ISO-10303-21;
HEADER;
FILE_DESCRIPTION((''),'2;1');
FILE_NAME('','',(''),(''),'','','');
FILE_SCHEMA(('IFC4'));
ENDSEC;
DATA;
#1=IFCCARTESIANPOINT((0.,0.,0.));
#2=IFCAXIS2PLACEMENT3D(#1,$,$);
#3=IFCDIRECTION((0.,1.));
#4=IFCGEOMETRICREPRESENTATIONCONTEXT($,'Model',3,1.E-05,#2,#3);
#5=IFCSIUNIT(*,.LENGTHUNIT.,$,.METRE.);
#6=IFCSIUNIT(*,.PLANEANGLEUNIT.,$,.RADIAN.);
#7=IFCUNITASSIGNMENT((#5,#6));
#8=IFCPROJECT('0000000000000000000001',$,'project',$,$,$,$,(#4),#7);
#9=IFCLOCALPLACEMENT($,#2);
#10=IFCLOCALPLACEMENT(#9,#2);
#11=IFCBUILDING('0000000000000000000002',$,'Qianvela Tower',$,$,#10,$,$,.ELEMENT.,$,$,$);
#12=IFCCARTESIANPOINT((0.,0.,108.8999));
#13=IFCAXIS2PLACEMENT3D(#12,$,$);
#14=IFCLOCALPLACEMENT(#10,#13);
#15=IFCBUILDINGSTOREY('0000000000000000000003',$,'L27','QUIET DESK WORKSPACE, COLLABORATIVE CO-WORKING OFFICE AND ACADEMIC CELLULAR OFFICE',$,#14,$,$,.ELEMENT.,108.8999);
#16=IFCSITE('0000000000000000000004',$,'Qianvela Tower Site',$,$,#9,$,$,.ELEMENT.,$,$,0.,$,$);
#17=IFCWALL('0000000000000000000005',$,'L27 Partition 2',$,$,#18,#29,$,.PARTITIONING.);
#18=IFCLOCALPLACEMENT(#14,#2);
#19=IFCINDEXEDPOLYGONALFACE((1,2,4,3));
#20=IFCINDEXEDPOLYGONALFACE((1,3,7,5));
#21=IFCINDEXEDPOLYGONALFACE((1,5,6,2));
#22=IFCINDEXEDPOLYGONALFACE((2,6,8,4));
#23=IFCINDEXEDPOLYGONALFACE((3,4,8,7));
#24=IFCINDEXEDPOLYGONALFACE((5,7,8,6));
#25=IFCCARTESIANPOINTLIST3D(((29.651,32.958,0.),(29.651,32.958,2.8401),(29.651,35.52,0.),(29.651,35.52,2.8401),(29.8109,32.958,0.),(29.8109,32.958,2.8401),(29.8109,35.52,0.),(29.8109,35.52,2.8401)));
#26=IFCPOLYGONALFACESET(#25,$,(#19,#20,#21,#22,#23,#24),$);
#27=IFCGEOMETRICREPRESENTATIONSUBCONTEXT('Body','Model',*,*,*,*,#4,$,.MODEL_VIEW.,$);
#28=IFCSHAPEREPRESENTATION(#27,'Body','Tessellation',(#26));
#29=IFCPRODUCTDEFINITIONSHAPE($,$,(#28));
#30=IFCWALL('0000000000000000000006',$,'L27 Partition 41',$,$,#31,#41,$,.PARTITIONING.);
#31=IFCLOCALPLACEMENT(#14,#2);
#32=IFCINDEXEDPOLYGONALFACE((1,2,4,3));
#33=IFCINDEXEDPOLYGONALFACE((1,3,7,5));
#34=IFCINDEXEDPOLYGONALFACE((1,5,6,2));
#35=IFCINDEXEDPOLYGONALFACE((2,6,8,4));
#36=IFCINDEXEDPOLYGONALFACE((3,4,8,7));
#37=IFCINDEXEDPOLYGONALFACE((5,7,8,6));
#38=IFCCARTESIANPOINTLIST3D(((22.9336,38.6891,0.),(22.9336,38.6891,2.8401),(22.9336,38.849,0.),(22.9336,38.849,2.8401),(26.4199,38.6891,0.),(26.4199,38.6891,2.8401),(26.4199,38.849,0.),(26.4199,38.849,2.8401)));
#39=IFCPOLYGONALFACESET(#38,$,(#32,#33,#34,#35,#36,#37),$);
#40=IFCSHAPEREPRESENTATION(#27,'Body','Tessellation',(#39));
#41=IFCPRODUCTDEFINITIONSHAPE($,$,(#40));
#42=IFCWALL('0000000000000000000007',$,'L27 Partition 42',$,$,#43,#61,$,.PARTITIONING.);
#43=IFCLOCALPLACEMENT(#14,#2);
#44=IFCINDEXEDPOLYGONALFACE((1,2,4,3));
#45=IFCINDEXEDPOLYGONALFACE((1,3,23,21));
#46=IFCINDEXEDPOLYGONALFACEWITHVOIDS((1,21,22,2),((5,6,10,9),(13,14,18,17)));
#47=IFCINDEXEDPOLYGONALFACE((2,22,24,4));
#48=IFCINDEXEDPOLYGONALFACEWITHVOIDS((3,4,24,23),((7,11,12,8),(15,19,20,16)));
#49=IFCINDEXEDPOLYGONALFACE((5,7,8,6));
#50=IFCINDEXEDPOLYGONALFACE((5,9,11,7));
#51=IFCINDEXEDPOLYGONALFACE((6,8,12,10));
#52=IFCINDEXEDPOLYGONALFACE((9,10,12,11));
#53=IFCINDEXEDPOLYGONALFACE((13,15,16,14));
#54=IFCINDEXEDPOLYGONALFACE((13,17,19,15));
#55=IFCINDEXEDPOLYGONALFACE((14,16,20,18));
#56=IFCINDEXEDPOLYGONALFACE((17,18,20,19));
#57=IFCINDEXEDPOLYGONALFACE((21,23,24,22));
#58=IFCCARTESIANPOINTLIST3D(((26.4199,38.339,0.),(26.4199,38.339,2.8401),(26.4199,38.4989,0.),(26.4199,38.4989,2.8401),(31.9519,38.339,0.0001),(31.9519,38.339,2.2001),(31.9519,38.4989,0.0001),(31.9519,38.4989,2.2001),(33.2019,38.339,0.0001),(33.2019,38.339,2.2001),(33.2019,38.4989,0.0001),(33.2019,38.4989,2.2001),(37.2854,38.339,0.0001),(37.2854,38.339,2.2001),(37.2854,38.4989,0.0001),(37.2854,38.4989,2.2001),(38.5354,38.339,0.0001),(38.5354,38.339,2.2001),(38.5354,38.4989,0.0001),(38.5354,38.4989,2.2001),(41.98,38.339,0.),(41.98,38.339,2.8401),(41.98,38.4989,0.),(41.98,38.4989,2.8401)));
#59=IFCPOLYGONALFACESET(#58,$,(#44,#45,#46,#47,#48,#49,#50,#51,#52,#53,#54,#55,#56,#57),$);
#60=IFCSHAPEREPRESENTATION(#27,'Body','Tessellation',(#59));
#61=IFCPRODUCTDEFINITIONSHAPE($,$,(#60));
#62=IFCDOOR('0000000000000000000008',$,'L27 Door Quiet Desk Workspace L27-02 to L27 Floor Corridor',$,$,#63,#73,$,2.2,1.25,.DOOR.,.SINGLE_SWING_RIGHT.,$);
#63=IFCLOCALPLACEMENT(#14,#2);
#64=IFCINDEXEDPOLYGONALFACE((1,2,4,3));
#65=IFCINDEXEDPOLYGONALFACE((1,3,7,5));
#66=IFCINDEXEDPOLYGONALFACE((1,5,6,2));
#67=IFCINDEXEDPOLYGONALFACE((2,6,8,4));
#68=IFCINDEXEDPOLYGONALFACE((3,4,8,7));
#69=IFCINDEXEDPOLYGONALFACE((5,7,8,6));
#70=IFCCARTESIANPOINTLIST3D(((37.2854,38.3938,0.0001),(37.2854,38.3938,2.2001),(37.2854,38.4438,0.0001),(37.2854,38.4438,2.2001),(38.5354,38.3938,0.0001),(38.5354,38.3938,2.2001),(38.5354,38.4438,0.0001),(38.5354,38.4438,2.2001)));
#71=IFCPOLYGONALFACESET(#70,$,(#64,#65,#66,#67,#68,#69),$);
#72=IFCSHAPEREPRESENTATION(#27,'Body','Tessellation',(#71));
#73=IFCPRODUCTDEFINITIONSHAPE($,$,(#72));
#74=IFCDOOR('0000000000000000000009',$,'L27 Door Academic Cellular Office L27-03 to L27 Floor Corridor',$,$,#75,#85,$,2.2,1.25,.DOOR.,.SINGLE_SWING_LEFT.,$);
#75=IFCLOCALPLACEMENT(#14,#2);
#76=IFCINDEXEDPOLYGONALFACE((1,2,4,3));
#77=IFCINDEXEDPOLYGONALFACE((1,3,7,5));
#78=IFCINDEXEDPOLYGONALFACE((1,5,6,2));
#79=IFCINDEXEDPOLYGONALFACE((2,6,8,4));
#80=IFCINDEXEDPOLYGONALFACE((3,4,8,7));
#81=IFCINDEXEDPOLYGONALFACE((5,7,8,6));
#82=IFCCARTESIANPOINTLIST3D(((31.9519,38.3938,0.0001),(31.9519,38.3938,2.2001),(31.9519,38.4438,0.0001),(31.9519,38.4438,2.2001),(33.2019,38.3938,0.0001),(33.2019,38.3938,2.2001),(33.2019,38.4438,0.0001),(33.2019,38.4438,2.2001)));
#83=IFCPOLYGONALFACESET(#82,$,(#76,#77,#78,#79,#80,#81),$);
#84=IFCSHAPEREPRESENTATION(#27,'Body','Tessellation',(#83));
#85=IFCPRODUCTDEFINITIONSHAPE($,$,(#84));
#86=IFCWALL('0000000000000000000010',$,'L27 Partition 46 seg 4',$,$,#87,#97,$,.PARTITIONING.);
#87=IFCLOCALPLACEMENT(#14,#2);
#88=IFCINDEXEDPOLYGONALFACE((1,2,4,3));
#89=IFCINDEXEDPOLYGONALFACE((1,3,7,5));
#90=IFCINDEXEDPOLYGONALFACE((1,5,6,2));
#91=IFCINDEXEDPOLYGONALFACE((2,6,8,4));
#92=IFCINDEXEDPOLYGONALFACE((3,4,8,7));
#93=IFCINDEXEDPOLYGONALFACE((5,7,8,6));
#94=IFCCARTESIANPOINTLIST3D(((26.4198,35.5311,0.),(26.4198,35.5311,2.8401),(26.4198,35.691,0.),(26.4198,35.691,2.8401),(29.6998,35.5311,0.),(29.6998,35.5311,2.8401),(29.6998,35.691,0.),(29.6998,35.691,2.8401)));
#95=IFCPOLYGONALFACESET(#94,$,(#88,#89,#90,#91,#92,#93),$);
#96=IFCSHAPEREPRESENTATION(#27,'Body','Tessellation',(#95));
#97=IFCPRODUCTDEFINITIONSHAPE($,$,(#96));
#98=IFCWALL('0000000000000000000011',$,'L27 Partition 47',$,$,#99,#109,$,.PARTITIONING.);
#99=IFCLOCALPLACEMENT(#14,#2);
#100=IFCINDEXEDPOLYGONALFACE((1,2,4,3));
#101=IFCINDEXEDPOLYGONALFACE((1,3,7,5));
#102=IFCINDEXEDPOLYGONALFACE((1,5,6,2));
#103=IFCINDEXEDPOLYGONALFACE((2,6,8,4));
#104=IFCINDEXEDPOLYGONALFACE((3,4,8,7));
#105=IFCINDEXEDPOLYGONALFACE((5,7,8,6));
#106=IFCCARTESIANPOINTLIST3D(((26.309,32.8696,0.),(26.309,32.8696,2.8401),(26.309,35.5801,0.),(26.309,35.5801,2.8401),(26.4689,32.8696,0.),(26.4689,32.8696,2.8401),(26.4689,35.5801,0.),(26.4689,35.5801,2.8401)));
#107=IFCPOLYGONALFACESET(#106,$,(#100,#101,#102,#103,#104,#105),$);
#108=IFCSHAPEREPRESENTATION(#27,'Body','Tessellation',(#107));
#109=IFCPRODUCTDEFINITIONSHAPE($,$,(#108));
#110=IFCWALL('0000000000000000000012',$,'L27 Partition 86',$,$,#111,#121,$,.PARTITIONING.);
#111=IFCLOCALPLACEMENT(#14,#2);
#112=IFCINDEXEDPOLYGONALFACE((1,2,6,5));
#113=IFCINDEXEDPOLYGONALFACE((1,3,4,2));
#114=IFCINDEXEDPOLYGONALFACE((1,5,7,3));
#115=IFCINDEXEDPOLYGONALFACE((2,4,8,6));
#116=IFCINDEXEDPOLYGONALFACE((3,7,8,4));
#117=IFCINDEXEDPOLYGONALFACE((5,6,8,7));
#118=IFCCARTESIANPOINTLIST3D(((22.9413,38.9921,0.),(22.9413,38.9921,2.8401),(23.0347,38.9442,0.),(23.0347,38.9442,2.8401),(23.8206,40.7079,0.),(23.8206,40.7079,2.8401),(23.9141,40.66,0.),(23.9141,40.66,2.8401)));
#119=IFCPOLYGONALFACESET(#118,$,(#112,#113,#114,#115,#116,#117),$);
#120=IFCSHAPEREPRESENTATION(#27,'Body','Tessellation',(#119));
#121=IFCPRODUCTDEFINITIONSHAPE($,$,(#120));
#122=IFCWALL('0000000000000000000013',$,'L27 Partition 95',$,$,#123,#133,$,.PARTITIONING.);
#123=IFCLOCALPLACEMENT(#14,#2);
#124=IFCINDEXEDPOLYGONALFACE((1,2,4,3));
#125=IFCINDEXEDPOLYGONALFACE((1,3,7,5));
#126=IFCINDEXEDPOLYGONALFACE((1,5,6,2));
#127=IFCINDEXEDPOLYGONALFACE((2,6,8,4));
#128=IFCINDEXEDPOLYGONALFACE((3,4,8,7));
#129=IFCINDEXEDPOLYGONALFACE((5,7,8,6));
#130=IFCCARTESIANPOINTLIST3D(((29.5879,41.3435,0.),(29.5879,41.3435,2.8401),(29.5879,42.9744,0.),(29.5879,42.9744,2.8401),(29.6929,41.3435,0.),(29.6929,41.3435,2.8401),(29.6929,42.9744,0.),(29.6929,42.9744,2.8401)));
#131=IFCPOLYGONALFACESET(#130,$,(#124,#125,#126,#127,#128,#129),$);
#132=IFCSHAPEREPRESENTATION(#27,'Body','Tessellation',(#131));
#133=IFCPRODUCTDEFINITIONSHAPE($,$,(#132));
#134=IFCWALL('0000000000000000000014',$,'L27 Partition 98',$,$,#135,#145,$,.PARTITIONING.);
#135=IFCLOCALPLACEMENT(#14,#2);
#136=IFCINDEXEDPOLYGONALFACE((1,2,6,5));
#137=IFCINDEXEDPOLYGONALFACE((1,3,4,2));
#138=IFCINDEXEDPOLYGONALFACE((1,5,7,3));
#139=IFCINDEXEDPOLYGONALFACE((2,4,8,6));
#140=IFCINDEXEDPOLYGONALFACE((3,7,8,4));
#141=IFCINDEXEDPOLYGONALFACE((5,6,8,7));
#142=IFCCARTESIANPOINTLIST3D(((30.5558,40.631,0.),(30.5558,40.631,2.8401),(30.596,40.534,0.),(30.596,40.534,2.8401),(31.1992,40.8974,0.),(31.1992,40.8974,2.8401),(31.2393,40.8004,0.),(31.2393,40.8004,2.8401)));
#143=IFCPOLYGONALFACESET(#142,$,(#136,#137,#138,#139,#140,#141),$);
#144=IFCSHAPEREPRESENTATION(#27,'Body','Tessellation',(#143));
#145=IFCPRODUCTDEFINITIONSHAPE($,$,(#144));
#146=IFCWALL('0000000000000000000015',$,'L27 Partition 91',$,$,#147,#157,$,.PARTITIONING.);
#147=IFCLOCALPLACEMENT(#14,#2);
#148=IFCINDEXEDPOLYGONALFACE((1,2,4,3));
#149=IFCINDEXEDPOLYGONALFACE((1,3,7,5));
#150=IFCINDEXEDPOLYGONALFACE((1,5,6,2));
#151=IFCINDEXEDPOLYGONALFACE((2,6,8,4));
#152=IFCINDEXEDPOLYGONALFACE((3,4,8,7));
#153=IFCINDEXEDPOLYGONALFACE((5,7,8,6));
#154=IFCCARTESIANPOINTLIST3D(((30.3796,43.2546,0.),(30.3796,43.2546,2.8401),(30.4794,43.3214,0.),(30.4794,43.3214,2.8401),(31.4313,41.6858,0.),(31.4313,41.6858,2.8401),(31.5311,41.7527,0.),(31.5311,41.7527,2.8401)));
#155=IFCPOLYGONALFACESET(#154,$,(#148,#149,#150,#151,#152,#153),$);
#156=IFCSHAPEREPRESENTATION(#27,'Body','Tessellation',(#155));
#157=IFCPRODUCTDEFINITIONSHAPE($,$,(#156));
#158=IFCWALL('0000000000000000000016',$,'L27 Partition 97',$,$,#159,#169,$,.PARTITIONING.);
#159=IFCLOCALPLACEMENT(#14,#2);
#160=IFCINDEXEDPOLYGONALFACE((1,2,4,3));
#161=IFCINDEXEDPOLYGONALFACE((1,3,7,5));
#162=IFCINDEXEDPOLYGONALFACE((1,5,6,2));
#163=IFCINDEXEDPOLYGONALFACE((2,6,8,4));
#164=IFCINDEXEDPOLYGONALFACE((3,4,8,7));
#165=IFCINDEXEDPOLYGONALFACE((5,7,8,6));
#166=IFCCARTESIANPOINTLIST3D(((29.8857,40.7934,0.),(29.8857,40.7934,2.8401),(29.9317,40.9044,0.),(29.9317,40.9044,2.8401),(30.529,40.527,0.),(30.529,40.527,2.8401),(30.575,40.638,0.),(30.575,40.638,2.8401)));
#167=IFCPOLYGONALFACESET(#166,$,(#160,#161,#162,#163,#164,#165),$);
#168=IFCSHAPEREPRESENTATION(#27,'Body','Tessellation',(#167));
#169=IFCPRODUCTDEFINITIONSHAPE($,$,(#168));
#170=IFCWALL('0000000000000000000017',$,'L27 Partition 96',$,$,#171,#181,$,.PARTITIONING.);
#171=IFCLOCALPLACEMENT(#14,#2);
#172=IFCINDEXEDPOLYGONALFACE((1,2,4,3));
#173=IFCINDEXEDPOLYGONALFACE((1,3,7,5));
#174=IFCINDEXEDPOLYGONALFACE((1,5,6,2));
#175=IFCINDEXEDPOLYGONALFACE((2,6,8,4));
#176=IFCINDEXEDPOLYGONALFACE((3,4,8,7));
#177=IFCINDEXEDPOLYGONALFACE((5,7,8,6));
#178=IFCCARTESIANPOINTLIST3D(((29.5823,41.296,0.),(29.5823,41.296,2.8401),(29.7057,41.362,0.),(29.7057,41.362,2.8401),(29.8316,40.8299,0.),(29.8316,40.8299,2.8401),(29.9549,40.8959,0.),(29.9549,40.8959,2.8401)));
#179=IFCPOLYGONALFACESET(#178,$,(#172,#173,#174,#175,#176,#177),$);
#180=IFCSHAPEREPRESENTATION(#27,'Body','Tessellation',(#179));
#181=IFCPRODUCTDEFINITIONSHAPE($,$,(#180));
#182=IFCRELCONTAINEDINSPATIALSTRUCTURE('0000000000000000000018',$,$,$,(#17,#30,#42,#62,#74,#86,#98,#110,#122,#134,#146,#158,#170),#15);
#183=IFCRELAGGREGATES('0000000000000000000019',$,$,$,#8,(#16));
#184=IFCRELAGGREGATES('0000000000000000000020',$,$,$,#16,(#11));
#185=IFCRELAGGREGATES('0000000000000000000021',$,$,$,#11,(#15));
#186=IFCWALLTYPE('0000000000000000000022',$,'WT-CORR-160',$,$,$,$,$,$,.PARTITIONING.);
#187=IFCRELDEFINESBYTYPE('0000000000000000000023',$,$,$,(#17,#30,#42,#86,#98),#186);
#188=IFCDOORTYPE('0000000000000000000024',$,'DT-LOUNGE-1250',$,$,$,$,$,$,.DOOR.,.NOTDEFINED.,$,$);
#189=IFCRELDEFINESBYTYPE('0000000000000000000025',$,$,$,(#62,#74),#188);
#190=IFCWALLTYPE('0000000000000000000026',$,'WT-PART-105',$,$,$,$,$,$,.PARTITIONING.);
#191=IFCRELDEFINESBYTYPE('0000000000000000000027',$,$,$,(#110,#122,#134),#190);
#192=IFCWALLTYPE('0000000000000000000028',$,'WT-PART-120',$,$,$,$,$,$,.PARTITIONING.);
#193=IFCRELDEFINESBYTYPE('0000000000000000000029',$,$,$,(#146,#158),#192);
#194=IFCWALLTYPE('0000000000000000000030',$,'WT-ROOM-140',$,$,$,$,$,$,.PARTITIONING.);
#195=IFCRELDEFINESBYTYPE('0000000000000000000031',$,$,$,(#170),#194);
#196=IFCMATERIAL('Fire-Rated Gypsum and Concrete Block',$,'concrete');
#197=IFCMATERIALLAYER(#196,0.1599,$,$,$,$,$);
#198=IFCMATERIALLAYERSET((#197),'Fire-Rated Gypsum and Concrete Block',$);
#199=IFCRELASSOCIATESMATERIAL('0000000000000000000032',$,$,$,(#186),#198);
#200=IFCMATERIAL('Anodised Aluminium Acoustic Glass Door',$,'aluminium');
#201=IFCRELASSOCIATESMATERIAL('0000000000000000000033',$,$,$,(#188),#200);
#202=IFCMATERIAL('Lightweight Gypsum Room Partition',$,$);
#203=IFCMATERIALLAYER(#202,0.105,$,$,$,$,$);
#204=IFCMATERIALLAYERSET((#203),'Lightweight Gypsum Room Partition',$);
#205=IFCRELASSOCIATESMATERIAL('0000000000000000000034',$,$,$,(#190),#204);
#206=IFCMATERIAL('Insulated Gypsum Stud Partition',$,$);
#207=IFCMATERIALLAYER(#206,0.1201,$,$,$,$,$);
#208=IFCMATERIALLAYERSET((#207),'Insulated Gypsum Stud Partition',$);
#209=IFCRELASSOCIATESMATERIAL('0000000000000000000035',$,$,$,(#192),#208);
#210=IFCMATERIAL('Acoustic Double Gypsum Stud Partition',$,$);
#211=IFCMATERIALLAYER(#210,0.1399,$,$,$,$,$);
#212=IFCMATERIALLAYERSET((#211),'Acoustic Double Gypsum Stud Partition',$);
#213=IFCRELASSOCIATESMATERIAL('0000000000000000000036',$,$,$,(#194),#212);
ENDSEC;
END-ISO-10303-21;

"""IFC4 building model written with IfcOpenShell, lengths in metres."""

from ifc_helpers import new_model, si_unit, direction, frame, frame_2d, origin, place, context, subcontext, project, spatial, rectangle, extrude, material, layer, layer_set, type_object, element, fill, save


model = new_model("IFC4")

# Units and contexts
model_context = context("Model", 3, precision=1e-05, world=origin(), true_north=direction((0.0, 1.0)))
body_context = subcontext(model_context, "Body", "Model", "MODEL_VIEW")
ifc_project = project(units=[si_unit("LENGTHUNIT", "METRE"), si_unit("PLANEANGLEUNIT", "RADIAN")], contexts=[model_context])

# Site, building, storey
site_placement = place(None, origin())
site = spatial("IfcSite", under=ifc_project, at=site_placement, Name="Qianvela Tower Site", CompositionType="ELEMENT", RefElevation=0.0)
building_placement = place(site_placement, origin())
building = spatial("IfcBuilding", under=site, at=building_placement, Name="Qianvela Tower", CompositionType="ELEMENT")
storey_placement = place(building_placement, frame((0.0, 0.0, 108.8999)))
storey = spatial("IfcBuildingStorey", under=building, at=storey_placement, Name="L27", Description="QUIET DESK WORKSPACE, COLLABORATIVE CO-WORKING OFFICE AND ACADEMIC CELLULAR OFFICE", CompositionType="ELEMENT", Elevation=108.8999)

# Wall
ifc_material_1 = material(Name="Fire-Rated Gypsum and Concrete Block", Category="concrete")
ifc_layer_1 = layer(ifc_material_1, 0.1599)
ifc_layer_set_1 = layer_set([ifc_layer_1], Name="Fire-Rated Gypsum and Concrete Block")
wall_type_1 = type_object("IfcWallType", Name="WT-CORR-160", PredefinedType="PARTITIONING", material=ifc_layer_set_1)
wall_1_placement = place(storey_placement, frame((29.731, 32.958, 0.0), z_axis=(0.0, 0.0, 1.0), x_axis=(0.0, 1.0, 0.0)))
element("IfcWall", 1, at=wall_1_placement, inside=storey, type_object=wall_type_1, Name="L27 Partition 2", PredefinedType="PARTITIONING", context=body_context, shape_type="SweptSolid", body=[
    extrude(rectangle(XDim=2.562, YDim=0.1599, at=frame_2d((1.281, 0.0))), origin(), (0.0, 0.0, 1.0), 2.8401),
])

# Wall
wall_2_placement = place(storey_placement, frame((22.9336, 38.769, 0.0), z_axis=(0.0, 0.0, 1.0), x_axis=(1.0, 0.0, 0.0)))
element("IfcWall", 2, at=wall_2_placement, inside=storey, type_object=wall_type_1, Name="L27 Partition 41", PredefinedType="PARTITIONING", context=body_context, shape_type="SweptSolid", body=[
    extrude(rectangle(XDim=3.4863, YDim=0.1599, at=frame_2d((1.7432, 0.0))), origin(), (0.0, 0.0, 1.0), 2.8401),
])

# Wall, openings, doors
wall_3_placement = place(storey_placement, frame((26.4199, 38.4189, 0.0), z_axis=(0.0, 0.0, 1.0), x_axis=(1.0, 0.0, 0.0)))
wall_3 = element("IfcWall", 3, at=wall_3_placement, inside=storey, type_object=wall_type_1, Name="L27 Partition 42", PredefinedType="PARTITIONING", context=body_context, shape_type="SweptSolid", body=[
    extrude(rectangle(XDim=15.5601, YDim=0.1599, at=frame_2d((7.78, 0.0))), origin(), (0.0, 0.0, 1.0), 2.8401),
])
opening_1_placement = place(wall_3_placement, frame((10.8655, 0.0, 0.0)))
opening_1 = element("IfcOpeningElement", 4, at=opening_1_placement, cuts=wall_3, PredefinedType="OPENING", context=body_context, shape_type="SweptSolid", body=[
    extrude(rectangle(XDim=1.25, YDim=2.2, at=frame_2d((0.625, 1.1001))), frame((0.0, 0.0898, 0.0), z_axis=(0.0, -1.0, 0.0), x_axis=(1.0, 0.0, 0.0)), (0.0, 0.0, 1.0), 0.1799),
])
opening_2_placement = place(wall_3_placement, frame((5.532, 0.0, 0.0)))
opening_2 = element("IfcOpeningElement", 5, at=opening_2_placement, cuts=wall_3, PredefinedType="OPENING", context=body_context, shape_type="SweptSolid", body=[
    extrude(rectangle(XDim=1.25, YDim=2.2, at=frame_2d((0.625, 1.1001))), frame((0.0, 0.0898, 0.0), z_axis=(0.0, -1.0, 0.0), x_axis=(1.0, 0.0, 0.0)), (0.0, 0.0, 1.0), 0.1799),
])
ifc_material_2 = material(Name="Anodised Aluminium Acoustic Glass Door", Category="aluminium")
door_type_1 = type_object("IfcDoorType", Name="DT-LOUNGE-1250", OperationType="NOTDEFINED", PredefinedType="DOOR", material=ifc_material_2)
door_1_placement = place(opening_1_placement, origin())
door_1 = element("IfcDoor", 6, at=door_1_placement, inside=storey, type_object=door_type_1, Name="L27 Door Quiet Desk Workspace L27-02 to L27 Floor Corridor", OperationType="SINGLE_SWING_RIGHT", OverallHeight=2.2, OverallWidth=1.25, PredefinedType="DOOR", context=body_context, shape_type="SweptSolid", body=[
    extrude(rectangle(XDim=1.25, YDim=2.2, at=frame_2d((0.625, 1.1001))), frame((0.0, 0.0249, 0.0), z_axis=(0.0, -1.0, 0.0), x_axis=(1.0, 0.0, 0.0)), (0.0, 0.0, 1.0), 0.05),
])
fill(opening_1, door_1)
door_2_placement = place(opening_2_placement, origin())
door_2 = element("IfcDoor", 7, at=door_2_placement, inside=storey, type_object=door_type_1, Name="L27 Door Academic Cellular Office L27-03 to L27 Floor Corridor", OperationType="SINGLE_SWING_LEFT", OverallHeight=2.2, OverallWidth=1.25, PredefinedType="DOOR", context=body_context, shape_type="SweptSolid", body=[
    extrude(rectangle(XDim=1.25, YDim=2.2, at=frame_2d((0.625, 1.1001))), frame((0.0, 0.0249, 0.0), z_axis=(0.0, -1.0, 0.0), x_axis=(1.0, 0.0, 0.0)), (0.0, 0.0, 1.0), 0.05),
])
fill(opening_2, door_2)

# Walls
wall_4_placement = place(storey_placement, frame((29.7, 35.6111, 0.0), z_axis=(0.0, 0.0, 1.0), x_axis=(-1.0, 0.0, 0.0)))
element("IfcWall", 8, at=wall_4_placement, inside=storey, type_object=wall_type_1, Name="L27 Partition 46 seg 4", PredefinedType="PARTITIONING", context=body_context, shape_type="SweptSolid", body=[
    extrude(rectangle(XDim=3.28, YDim=0.1599, at=frame_2d((1.6401, 0.0))), origin(), (0.0, 0.0, 1.0), 2.8401),
])
wall_5_placement = place(storey_placement, frame((26.3889, 35.5801, 0.0), z_axis=(0.0, 0.0, 1.0), x_axis=(0.0, -1.0, 0.0)))
element("IfcWall", 9, at=wall_5_placement, inside=storey, type_object=wall_type_1, Name="L27 Partition 47", PredefinedType="PARTITIONING", context=body_context, shape_type="SweptSolid", body=[
    extrude(rectangle(XDim=2.7104, YDim=0.1599, at=frame_2d((1.3552, 0.0))), origin(), (0.0, 0.0, 1.0), 2.8401),
])
ifc_material_3 = material(Name="Lightweight Gypsum Room Partition")
ifc_layer_2 = layer(ifc_material_3, 0.105)
ifc_layer_set_2 = layer_set([ifc_layer_2], Name="Lightweight Gypsum Room Partition")
wall_type_2 = type_object("IfcWallType", Name="WT-PART-105", PredefinedType="PARTITIONING", material=ifc_layer_set_2)
wall_6_placement = place(storey_placement, frame((22.988, 38.9683, 0.0), z_axis=(0.0, 0.0, 1.0), x_axis=(0.456106, 0.889926, 0.0)))
element("IfcWall", 10, at=wall_6_placement, inside=storey, type_object=wall_type_2, Name="L27 Partition 86", PredefinedType="PARTITIONING", context=body_context, shape_type="SweptSolid", body=[
    extrude(rectangle(XDim=1.928, YDim=0.105, at=frame_2d((0.9639, 0.0))), origin(), (0.0, 0.0, 1.0), 2.8401),
])
wall_7_placement = place(storey_placement, frame((29.6404, 42.9744, 0.0), z_axis=(0.0, 0.0, 1.0), x_axis=(0.0, -1.0, 0.0)))
element("IfcWall", 11, at=wall_7_placement, inside=storey, type_object=wall_type_2, Name="L27 Partition 95", PredefinedType="PARTITIONING", context=body_context, shape_type="SweptSolid", body=[
    extrude(rectangle(XDim=1.6309, YDim=0.105, at=frame_2d((0.8154, 0.0))), origin(), (0.0, 0.0, 1.0), 2.8401),
])
wall_8_placement = place(storey_placement, frame((30.5759, 40.5825, 0.0), z_axis=(0.0, 0.0, 1.0), x_axis=(0.923936, 0.382548, 0.0)))
element("IfcWall", 12, at=wall_8_placement, inside=storey, type_object=wall_type_2, Name="L27 Partition 98", PredefinedType="PARTITIONING", context=body_context, shape_type="SweptSolid", body=[
    extrude(rectangle(XDim=0.6963, YDim=0.105, at=frame_2d((0.3481, 0.0))), origin(), (0.0, 0.0, 1.0), 2.8401),
])
ifc_material_4 = material(Name="Insulated Gypsum Stud Partition")
ifc_layer_3 = layer(ifc_material_4, 0.1201)
ifc_layer_set_3 = layer_set([ifc_layer_3], Name="Insulated Gypsum Stud Partition")
wall_type_3 = type_object("IfcWallType", Name="WT-PART-120", PredefinedType="PARTITIONING", material=ifc_layer_set_3)
wall_9_placement = place(storey_placement, frame((31.4812, 41.7192, 0.0), z_axis=(0.0, 0.0, 1.0), x_axis=(-0.556846, 0.830616, 0.0)))
element("IfcWall", 13, at=wall_9_placement, inside=storey, type_object=wall_type_3, Name="L27 Partition 91", PredefinedType="PARTITIONING", context=body_context, shape_type="SweptSolid", body=[
    extrude(rectangle(XDim=1.8887, YDim=0.1201, at=frame_2d((0.9443, 0.0))), origin(), (0.0, 0.0, 1.0), 2.8401),
])
wall_10_placement = place(storey_placement, frame((29.9087, 40.8489, 0.0), z_axis=(0.0, 0.0, 1.0), x_axis=(0.923936, -0.382548, 0.0)))
element("IfcWall", 14, at=wall_10_placement, inside=storey, type_object=wall_type_3, Name="L27 Partition 97", PredefinedType="PARTITIONING", context=body_context, shape_type="SweptSolid", body=[
    extrude(rectangle(XDim=0.6963, YDim=0.1201, at=frame_2d((0.3481, 0.0))), origin(), (0.0, 0.0, 1.0), 2.8401),
])
ifc_material_5 = material(Name="Acoustic Double Gypsum Stud Partition")
ifc_layer_4 = layer(ifc_material_5, 0.1399)
ifc_layer_set_4 = layer_set([ifc_layer_4], Name="Acoustic Double Gypsum Stud Partition")
wall_type_4 = type_object("IfcWallType", Name="WT-ROOM-140", PredefinedType="PARTITIONING", material=ifc_layer_set_4)
wall_11_placement = place(storey_placement, frame((29.644, 41.3289, 0.0), z_axis=(0.0, 0.0, 1.0), x_axis=(0.471619, -0.881803, 0.0)))
element("IfcWall", 15, at=wall_11_placement, inside=storey, type_object=wall_type_4, Name="L27 Partition 96", PredefinedType="PARTITIONING", context=body_context, shape_type="SweptSolid", body=[
    extrude(rectangle(XDim=0.5286, YDim=0.1399, at=frame_2d((0.2642, 0.0))), origin(), (0.0, 0.0, 1.0), 2.8401),
])

save(model, "model.ifc")
